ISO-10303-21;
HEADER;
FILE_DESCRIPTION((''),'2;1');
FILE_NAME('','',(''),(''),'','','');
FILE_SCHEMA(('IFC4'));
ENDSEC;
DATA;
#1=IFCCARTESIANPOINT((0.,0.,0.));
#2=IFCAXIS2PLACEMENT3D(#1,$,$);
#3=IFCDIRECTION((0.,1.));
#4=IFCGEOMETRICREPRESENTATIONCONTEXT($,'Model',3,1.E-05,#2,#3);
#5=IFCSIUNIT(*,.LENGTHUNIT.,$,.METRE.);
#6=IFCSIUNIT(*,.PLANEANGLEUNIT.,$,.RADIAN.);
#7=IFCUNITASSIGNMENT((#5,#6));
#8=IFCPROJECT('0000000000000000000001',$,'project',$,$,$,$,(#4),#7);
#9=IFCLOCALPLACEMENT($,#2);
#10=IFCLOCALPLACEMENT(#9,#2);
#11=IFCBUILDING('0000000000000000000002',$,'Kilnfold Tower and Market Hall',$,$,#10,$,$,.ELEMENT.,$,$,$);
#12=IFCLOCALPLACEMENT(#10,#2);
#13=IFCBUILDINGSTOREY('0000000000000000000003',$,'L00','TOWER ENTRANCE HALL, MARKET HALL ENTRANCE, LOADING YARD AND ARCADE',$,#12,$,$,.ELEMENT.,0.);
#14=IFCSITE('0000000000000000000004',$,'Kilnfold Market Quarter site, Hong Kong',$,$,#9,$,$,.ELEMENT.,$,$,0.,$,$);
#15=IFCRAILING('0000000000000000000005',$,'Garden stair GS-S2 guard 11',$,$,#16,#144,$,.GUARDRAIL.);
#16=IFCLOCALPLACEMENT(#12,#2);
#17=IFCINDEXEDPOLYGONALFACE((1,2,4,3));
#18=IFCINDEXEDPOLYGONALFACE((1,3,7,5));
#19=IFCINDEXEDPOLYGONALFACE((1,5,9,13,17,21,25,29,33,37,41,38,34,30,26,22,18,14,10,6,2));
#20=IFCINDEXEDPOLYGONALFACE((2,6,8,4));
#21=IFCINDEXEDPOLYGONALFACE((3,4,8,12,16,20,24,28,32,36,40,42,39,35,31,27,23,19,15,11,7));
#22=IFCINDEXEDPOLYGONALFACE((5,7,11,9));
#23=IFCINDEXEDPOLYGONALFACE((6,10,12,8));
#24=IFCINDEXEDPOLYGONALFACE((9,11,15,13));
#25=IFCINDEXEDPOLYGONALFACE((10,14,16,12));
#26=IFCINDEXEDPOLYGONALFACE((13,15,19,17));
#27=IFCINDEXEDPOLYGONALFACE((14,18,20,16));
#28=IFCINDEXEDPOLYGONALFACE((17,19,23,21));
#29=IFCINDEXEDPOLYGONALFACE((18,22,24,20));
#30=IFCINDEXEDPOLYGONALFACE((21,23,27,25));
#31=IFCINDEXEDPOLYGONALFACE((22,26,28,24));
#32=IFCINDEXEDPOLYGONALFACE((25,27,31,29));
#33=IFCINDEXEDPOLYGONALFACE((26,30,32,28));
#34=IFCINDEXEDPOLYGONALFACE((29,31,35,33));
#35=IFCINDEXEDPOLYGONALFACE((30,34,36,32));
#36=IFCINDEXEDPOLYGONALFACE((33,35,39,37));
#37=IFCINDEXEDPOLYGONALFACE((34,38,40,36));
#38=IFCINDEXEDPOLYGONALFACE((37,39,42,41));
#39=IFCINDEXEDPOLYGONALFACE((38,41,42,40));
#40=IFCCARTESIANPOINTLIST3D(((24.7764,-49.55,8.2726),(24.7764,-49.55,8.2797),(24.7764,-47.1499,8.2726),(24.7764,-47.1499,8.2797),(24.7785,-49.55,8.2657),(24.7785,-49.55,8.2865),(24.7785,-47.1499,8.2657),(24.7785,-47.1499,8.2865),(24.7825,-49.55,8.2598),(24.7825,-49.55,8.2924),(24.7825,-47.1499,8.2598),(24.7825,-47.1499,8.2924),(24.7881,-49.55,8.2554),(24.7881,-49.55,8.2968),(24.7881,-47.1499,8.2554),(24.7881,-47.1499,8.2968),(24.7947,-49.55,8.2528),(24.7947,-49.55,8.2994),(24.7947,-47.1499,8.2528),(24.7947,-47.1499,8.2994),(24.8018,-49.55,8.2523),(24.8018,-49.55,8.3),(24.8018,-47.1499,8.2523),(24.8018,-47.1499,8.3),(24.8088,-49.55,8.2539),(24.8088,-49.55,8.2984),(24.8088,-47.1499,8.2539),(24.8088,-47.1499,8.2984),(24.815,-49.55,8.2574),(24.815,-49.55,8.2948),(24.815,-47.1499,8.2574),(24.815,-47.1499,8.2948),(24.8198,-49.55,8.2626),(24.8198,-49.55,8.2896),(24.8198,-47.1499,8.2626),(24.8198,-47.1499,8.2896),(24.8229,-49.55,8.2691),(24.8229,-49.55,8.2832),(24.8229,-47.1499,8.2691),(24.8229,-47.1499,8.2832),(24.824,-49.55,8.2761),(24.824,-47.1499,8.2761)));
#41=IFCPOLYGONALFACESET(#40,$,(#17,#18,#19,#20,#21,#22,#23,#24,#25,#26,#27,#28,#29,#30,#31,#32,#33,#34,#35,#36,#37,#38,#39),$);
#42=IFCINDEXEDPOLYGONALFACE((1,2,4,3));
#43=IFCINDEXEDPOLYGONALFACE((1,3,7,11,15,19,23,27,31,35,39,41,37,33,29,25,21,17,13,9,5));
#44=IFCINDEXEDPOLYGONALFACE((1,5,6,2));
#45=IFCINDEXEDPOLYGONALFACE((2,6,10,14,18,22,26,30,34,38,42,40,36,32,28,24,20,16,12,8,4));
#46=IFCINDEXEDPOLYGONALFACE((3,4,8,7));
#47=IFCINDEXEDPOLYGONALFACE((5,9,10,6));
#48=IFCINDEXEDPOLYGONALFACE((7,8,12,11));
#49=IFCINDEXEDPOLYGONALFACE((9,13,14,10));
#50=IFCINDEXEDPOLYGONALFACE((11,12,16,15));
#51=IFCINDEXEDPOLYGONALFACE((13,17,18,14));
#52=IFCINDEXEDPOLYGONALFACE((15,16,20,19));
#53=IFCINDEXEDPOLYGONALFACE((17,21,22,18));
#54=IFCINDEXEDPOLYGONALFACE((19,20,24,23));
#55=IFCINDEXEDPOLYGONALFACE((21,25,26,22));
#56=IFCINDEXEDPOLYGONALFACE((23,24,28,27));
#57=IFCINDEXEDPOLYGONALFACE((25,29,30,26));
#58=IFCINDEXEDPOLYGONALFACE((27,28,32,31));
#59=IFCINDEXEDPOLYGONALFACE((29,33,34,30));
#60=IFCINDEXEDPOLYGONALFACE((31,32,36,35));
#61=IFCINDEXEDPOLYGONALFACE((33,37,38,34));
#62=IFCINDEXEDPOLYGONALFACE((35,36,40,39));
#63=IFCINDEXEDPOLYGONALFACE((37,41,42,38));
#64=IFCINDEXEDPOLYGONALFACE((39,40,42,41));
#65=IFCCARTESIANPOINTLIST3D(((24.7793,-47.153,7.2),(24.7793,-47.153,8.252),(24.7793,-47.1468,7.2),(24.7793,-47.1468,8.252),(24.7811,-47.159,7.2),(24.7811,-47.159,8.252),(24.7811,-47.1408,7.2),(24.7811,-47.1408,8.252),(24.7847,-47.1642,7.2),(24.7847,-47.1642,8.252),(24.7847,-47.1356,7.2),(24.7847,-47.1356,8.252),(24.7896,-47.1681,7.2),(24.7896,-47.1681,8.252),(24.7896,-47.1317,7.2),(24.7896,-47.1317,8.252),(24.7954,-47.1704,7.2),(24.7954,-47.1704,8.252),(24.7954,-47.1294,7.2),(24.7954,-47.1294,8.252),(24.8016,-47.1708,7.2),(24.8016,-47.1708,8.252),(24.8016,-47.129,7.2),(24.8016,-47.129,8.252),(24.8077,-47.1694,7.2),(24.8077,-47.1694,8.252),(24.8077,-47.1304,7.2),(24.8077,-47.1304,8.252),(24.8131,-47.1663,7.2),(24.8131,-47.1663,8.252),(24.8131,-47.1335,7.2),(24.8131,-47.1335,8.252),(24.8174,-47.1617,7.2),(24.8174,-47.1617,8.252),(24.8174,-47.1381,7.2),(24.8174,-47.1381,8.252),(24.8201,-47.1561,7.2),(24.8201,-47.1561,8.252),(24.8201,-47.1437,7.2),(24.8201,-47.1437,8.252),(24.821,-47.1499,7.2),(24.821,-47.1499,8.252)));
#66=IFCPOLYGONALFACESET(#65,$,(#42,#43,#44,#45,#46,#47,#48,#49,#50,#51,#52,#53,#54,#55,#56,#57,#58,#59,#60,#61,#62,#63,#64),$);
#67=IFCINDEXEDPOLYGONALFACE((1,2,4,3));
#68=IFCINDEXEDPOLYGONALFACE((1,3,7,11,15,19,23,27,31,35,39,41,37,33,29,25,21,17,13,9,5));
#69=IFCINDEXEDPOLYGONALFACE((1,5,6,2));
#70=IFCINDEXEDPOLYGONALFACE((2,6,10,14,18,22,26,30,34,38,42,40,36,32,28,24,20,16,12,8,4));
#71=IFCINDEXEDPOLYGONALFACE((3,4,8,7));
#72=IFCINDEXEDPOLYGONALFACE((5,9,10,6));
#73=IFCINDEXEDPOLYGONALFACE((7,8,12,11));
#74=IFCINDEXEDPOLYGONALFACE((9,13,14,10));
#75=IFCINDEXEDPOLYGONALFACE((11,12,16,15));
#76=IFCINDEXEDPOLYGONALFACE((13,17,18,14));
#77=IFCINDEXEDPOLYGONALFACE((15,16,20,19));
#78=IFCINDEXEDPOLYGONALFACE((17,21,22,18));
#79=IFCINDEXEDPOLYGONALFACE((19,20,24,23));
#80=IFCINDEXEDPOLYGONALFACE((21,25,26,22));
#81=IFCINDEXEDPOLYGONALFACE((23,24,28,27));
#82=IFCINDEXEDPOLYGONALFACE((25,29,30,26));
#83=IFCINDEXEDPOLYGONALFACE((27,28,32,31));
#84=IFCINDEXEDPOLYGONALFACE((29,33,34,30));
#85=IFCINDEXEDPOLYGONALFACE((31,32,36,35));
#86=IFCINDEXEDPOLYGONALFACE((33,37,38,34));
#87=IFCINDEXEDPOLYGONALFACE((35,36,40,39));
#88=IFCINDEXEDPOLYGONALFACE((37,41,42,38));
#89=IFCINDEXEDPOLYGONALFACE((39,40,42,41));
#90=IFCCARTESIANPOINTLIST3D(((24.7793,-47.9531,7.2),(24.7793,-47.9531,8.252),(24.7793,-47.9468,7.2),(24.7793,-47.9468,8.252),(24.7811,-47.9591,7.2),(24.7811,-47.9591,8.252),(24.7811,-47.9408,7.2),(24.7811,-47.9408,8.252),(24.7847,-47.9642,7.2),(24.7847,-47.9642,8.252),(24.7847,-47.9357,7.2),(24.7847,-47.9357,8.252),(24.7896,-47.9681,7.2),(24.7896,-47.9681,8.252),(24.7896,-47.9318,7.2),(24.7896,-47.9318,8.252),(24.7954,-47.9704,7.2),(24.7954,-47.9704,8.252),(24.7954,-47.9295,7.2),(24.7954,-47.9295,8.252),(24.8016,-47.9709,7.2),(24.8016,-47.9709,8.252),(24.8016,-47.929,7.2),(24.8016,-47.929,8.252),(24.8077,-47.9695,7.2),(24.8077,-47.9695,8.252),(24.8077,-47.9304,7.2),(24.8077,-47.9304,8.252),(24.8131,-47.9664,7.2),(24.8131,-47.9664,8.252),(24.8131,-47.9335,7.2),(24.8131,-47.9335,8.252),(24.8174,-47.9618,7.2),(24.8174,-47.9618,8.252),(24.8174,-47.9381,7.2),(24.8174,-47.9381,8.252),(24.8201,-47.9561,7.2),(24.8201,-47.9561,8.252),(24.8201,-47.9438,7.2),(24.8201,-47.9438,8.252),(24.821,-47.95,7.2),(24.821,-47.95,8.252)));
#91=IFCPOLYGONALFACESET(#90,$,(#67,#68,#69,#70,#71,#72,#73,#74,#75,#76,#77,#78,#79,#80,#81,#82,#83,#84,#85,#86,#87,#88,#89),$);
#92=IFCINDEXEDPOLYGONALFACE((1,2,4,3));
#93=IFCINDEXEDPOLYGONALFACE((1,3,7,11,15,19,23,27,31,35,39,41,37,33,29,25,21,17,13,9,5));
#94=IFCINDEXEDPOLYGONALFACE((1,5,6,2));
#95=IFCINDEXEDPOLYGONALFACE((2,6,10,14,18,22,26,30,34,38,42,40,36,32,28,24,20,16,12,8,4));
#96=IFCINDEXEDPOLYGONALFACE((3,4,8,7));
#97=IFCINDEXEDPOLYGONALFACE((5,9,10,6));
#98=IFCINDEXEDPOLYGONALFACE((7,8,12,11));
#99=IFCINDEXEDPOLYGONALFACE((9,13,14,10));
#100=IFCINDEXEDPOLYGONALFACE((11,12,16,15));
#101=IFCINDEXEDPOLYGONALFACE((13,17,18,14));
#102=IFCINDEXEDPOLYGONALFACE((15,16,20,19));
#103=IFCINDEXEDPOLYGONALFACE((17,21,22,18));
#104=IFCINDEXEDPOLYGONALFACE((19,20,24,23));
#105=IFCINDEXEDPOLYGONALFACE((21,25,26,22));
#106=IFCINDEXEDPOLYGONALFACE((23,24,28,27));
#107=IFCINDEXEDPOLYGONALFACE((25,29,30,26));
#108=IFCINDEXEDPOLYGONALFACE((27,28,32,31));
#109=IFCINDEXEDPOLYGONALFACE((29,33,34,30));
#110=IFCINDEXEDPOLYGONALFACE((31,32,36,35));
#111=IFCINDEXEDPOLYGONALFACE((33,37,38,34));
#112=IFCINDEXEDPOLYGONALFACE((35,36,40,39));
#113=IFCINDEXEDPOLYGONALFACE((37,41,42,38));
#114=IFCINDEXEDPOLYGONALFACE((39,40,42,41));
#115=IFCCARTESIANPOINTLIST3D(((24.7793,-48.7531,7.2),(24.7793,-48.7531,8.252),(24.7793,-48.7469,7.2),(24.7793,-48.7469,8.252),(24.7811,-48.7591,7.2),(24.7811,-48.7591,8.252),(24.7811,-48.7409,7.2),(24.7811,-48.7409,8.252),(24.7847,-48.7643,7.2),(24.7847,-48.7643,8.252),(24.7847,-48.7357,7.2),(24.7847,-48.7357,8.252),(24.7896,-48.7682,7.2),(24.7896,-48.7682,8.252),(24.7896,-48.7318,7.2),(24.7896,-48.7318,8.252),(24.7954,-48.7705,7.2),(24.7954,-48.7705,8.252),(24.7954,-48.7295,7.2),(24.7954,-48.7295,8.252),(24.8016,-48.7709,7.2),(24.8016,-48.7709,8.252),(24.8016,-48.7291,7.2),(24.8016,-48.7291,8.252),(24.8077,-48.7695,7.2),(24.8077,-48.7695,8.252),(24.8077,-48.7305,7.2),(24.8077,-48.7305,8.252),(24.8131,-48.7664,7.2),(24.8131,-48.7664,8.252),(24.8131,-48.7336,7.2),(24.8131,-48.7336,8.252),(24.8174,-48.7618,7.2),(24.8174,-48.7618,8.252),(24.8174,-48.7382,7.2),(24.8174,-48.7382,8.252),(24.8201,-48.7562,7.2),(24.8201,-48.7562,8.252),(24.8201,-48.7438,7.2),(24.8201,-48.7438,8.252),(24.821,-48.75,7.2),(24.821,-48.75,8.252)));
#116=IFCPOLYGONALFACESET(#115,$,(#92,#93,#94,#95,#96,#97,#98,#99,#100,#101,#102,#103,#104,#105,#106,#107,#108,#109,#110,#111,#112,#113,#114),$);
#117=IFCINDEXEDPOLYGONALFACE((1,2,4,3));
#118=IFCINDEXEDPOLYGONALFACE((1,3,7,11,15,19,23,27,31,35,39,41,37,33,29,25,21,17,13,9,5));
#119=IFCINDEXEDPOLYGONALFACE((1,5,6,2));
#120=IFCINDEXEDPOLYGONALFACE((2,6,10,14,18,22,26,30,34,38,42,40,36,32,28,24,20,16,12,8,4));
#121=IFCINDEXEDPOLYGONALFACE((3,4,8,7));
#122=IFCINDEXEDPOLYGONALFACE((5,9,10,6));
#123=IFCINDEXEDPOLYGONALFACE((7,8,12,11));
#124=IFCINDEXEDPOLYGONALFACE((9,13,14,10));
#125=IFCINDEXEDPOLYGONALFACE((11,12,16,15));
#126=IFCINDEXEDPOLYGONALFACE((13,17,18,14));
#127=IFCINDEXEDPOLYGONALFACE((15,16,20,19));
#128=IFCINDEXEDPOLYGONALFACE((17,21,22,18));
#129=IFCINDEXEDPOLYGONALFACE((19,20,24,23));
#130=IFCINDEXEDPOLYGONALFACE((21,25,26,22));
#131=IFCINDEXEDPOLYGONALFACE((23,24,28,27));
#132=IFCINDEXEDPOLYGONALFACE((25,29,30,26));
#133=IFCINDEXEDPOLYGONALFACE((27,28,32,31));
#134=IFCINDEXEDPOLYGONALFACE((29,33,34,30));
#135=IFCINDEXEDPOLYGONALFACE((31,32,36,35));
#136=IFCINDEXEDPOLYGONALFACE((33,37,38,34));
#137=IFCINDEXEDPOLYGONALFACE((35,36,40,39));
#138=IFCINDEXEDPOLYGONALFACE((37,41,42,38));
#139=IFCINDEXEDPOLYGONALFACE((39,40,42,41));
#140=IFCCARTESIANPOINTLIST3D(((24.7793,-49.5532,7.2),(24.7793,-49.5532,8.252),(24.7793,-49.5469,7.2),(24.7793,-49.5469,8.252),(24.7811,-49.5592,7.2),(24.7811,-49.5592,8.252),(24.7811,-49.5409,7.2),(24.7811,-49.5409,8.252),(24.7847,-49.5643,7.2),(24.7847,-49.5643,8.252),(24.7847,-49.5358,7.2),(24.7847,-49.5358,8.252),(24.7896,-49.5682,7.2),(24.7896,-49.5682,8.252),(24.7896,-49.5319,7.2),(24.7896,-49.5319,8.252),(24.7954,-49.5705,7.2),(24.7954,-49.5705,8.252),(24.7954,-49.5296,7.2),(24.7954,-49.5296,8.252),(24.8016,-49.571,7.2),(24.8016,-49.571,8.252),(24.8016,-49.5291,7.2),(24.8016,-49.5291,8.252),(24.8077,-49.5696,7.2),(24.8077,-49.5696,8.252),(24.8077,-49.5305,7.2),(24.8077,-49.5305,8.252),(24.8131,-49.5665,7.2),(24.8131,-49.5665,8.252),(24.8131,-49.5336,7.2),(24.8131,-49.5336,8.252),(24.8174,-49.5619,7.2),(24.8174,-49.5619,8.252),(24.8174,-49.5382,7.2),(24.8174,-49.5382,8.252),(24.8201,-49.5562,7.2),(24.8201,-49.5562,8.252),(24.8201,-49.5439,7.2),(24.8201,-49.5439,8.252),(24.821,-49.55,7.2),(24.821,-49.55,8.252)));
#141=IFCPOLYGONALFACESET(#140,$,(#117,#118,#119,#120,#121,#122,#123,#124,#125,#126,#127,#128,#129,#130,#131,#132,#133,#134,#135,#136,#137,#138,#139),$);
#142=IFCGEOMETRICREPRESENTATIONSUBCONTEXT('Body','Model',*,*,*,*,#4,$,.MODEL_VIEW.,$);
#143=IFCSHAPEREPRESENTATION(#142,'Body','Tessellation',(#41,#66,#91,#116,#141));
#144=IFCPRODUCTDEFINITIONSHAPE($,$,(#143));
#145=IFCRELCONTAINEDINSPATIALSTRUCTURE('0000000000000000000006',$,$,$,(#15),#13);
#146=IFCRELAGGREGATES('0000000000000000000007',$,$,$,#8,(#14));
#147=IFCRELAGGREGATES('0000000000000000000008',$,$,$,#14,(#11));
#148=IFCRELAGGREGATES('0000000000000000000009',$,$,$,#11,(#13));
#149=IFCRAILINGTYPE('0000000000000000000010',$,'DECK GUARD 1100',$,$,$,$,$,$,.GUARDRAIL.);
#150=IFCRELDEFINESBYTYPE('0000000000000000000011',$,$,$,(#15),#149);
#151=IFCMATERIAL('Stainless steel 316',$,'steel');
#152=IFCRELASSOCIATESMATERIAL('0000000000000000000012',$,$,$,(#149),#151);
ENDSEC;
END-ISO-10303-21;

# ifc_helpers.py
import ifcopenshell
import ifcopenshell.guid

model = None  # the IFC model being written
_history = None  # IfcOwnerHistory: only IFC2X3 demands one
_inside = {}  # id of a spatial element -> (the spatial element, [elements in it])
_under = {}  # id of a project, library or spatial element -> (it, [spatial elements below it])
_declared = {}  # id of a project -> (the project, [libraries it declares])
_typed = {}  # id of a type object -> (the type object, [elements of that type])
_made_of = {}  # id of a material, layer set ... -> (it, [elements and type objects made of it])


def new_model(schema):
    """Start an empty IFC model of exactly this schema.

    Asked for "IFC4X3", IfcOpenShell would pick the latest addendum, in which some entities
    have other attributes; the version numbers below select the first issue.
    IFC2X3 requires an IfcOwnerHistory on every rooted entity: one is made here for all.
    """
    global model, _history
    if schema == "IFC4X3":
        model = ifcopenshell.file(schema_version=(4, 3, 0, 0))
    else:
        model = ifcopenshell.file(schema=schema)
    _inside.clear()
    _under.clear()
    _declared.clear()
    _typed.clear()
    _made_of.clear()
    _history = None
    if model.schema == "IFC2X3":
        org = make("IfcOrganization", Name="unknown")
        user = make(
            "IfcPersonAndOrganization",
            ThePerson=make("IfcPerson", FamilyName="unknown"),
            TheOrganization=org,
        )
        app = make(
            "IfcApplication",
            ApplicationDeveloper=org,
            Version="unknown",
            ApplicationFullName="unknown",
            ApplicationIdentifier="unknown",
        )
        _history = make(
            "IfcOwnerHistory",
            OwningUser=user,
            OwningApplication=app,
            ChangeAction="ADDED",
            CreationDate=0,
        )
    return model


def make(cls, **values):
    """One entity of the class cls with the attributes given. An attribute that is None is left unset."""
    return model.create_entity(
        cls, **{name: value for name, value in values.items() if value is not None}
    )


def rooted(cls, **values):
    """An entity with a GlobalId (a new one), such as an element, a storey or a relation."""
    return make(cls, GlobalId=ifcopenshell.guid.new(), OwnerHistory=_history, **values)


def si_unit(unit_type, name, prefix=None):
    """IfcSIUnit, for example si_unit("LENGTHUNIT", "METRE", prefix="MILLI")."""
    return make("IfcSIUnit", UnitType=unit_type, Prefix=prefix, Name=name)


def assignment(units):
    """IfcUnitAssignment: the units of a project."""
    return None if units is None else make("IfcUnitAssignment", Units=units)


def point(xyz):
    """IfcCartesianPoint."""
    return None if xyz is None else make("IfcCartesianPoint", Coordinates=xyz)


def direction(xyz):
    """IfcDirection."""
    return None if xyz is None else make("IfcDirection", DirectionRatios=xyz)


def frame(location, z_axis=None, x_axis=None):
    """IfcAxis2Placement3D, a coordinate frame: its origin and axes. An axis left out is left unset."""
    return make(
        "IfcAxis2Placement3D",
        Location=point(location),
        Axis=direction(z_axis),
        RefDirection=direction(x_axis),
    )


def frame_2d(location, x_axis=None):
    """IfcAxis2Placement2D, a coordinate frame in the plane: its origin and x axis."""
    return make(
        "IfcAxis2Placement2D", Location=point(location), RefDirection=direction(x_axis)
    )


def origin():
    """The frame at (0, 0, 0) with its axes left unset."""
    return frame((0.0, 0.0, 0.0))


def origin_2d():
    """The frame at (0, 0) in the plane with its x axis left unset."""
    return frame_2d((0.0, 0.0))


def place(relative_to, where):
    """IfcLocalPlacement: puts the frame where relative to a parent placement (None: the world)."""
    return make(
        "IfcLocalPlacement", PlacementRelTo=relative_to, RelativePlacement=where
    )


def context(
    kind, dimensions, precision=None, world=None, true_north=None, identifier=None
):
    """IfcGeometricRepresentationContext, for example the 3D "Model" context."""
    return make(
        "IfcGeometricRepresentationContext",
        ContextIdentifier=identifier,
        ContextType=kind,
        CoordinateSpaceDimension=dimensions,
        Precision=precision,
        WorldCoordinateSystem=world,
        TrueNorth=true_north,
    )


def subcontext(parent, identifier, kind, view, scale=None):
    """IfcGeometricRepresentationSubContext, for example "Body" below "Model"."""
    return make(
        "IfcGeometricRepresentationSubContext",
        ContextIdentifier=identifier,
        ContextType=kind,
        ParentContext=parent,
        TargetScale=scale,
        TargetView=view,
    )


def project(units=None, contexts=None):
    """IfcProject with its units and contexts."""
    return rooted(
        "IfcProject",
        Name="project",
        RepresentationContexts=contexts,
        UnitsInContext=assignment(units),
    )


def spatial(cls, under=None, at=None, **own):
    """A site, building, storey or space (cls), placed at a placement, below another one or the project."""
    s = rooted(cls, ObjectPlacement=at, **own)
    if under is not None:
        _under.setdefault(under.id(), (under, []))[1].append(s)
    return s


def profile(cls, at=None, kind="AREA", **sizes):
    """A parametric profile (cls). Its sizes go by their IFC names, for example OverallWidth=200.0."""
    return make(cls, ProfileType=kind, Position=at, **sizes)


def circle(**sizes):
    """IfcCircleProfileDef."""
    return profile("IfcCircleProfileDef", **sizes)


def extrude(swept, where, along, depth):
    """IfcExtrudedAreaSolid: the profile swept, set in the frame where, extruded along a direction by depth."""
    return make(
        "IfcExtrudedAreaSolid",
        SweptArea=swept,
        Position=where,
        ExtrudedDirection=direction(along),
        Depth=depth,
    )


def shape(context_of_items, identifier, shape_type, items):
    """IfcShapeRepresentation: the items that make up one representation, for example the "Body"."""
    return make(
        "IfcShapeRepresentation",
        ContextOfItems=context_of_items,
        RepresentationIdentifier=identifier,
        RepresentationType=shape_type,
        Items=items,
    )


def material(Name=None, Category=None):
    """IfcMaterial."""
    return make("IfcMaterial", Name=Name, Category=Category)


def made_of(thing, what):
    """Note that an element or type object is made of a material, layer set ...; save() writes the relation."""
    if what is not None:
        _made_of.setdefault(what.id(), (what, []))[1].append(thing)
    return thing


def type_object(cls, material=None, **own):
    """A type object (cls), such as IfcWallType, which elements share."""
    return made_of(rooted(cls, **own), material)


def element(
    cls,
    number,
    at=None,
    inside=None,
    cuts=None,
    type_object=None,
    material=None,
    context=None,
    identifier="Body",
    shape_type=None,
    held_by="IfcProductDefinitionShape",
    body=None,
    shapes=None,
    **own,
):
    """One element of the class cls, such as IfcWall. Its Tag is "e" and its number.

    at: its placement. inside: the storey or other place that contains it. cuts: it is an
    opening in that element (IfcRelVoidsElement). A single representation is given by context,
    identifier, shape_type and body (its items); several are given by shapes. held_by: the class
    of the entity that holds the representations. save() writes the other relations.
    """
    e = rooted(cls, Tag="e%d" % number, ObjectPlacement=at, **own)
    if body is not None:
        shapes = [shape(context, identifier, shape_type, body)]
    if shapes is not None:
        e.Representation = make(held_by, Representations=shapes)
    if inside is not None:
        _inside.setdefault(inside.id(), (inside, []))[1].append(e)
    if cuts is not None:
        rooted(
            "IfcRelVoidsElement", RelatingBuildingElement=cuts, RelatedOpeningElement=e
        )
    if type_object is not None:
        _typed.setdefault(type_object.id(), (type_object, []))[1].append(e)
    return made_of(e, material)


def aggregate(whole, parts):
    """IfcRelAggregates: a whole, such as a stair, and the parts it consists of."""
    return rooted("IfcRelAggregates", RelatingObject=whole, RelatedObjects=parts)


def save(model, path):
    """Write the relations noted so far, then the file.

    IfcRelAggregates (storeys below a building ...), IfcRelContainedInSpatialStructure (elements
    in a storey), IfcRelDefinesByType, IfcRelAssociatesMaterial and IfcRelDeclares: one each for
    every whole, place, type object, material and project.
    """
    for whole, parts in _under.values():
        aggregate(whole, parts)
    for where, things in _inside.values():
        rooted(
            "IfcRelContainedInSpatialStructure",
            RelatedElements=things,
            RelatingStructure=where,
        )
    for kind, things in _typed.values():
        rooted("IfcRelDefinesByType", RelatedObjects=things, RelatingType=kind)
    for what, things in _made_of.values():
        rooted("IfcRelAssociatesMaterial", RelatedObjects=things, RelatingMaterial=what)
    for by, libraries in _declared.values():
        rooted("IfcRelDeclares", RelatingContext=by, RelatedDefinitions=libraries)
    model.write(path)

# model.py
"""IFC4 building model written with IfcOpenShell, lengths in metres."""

from ifc_helpers import new_model, si_unit, direction, frame, origin, origin_2d, place, context, subcontext, project, spatial, circle, extrude, material, type_object, element, save


model = new_model("IFC4")

# Units and contexts
model_context = context("Model", 3, precision=1e-05, world=origin(), true_north=direction((0.0, 1.0)))
body_context = subcontext(model_context, "Body", "Model", "MODEL_VIEW")
ifc_project = project(units=[si_unit("LENGTHUNIT", "METRE"), si_unit("PLANEANGLEUNIT", "RADIAN")], contexts=[model_context])

# Site, building, storey
site_placement = place(None, origin())
site = spatial("IfcSite", under=ifc_project, at=site_placement, Name="Kilnfold Market Quarter site, Hong Kong", CompositionType="ELEMENT", RefElevation=0.0)
building_placement = place(site_placement, origin())
building = spatial("IfcBuilding", under=site, at=building_placement, Name="Kilnfold Tower and Market Hall", CompositionType="ELEMENT")
storey_placement = place(building_placement, origin())
storey = spatial("IfcBuildingStorey", under=building, at=storey_placement, Name="L00", Description="TOWER ENTRANCE HALL, MARKET HALL ENTRANCE, LOADING YARD AND ARCADE", CompositionType="ELEMENT", Elevation=0.0)

# Railing
ifc_material_1 = material(Name="Stainless steel 316", Category="steel")
railing_type_1 = type_object("IfcRailingType", Name="DECK GUARD 1100", PredefinedType="GUARDRAIL", material=ifc_material_1)
railing_1_placement = place(storey_placement, frame((24.8, -47.1499, 7.2)))
element("IfcRailing", 1, at=railing_1_placement, inside=storey, type_object=railing_type_1, Name="Garden stair GS-S2 guard 11", PredefinedType="GUARDRAIL", context=body_context, shape_type="SweptSolid", body=[
    extrude(circle(Radius=0.0239, at=origin_2d()), frame((0.0, 0.0, 1.0762), z_axis=(0.0, -1.0, 0.0), x_axis=(1.0, 0.0, 0.0)), (0.0, 0.0, 1.0), 2.4001),
    extrude(circle(Radius=0.021, at=origin_2d()), origin(), (0.0, 0.0, 1.0), 1.052),
    extrude(circle(Radius=0.021, at=origin_2d()), frame((0.0, -0.8, 0.0)), (0.0, 0.0, 1.0), 1.052),
    extrude(circle(Radius=0.021, at=origin_2d()), frame((0.0, -1.6001, 0.0)), (0.0, 0.0, 1.0), 1.052),
    extrude(circle(Radius=0.021, at=origin_2d()), frame((0.0, -2.4001, 0.0)), (0.0, 0.0, 1.0), 1.052),
])

save(model, "model.ifc")
